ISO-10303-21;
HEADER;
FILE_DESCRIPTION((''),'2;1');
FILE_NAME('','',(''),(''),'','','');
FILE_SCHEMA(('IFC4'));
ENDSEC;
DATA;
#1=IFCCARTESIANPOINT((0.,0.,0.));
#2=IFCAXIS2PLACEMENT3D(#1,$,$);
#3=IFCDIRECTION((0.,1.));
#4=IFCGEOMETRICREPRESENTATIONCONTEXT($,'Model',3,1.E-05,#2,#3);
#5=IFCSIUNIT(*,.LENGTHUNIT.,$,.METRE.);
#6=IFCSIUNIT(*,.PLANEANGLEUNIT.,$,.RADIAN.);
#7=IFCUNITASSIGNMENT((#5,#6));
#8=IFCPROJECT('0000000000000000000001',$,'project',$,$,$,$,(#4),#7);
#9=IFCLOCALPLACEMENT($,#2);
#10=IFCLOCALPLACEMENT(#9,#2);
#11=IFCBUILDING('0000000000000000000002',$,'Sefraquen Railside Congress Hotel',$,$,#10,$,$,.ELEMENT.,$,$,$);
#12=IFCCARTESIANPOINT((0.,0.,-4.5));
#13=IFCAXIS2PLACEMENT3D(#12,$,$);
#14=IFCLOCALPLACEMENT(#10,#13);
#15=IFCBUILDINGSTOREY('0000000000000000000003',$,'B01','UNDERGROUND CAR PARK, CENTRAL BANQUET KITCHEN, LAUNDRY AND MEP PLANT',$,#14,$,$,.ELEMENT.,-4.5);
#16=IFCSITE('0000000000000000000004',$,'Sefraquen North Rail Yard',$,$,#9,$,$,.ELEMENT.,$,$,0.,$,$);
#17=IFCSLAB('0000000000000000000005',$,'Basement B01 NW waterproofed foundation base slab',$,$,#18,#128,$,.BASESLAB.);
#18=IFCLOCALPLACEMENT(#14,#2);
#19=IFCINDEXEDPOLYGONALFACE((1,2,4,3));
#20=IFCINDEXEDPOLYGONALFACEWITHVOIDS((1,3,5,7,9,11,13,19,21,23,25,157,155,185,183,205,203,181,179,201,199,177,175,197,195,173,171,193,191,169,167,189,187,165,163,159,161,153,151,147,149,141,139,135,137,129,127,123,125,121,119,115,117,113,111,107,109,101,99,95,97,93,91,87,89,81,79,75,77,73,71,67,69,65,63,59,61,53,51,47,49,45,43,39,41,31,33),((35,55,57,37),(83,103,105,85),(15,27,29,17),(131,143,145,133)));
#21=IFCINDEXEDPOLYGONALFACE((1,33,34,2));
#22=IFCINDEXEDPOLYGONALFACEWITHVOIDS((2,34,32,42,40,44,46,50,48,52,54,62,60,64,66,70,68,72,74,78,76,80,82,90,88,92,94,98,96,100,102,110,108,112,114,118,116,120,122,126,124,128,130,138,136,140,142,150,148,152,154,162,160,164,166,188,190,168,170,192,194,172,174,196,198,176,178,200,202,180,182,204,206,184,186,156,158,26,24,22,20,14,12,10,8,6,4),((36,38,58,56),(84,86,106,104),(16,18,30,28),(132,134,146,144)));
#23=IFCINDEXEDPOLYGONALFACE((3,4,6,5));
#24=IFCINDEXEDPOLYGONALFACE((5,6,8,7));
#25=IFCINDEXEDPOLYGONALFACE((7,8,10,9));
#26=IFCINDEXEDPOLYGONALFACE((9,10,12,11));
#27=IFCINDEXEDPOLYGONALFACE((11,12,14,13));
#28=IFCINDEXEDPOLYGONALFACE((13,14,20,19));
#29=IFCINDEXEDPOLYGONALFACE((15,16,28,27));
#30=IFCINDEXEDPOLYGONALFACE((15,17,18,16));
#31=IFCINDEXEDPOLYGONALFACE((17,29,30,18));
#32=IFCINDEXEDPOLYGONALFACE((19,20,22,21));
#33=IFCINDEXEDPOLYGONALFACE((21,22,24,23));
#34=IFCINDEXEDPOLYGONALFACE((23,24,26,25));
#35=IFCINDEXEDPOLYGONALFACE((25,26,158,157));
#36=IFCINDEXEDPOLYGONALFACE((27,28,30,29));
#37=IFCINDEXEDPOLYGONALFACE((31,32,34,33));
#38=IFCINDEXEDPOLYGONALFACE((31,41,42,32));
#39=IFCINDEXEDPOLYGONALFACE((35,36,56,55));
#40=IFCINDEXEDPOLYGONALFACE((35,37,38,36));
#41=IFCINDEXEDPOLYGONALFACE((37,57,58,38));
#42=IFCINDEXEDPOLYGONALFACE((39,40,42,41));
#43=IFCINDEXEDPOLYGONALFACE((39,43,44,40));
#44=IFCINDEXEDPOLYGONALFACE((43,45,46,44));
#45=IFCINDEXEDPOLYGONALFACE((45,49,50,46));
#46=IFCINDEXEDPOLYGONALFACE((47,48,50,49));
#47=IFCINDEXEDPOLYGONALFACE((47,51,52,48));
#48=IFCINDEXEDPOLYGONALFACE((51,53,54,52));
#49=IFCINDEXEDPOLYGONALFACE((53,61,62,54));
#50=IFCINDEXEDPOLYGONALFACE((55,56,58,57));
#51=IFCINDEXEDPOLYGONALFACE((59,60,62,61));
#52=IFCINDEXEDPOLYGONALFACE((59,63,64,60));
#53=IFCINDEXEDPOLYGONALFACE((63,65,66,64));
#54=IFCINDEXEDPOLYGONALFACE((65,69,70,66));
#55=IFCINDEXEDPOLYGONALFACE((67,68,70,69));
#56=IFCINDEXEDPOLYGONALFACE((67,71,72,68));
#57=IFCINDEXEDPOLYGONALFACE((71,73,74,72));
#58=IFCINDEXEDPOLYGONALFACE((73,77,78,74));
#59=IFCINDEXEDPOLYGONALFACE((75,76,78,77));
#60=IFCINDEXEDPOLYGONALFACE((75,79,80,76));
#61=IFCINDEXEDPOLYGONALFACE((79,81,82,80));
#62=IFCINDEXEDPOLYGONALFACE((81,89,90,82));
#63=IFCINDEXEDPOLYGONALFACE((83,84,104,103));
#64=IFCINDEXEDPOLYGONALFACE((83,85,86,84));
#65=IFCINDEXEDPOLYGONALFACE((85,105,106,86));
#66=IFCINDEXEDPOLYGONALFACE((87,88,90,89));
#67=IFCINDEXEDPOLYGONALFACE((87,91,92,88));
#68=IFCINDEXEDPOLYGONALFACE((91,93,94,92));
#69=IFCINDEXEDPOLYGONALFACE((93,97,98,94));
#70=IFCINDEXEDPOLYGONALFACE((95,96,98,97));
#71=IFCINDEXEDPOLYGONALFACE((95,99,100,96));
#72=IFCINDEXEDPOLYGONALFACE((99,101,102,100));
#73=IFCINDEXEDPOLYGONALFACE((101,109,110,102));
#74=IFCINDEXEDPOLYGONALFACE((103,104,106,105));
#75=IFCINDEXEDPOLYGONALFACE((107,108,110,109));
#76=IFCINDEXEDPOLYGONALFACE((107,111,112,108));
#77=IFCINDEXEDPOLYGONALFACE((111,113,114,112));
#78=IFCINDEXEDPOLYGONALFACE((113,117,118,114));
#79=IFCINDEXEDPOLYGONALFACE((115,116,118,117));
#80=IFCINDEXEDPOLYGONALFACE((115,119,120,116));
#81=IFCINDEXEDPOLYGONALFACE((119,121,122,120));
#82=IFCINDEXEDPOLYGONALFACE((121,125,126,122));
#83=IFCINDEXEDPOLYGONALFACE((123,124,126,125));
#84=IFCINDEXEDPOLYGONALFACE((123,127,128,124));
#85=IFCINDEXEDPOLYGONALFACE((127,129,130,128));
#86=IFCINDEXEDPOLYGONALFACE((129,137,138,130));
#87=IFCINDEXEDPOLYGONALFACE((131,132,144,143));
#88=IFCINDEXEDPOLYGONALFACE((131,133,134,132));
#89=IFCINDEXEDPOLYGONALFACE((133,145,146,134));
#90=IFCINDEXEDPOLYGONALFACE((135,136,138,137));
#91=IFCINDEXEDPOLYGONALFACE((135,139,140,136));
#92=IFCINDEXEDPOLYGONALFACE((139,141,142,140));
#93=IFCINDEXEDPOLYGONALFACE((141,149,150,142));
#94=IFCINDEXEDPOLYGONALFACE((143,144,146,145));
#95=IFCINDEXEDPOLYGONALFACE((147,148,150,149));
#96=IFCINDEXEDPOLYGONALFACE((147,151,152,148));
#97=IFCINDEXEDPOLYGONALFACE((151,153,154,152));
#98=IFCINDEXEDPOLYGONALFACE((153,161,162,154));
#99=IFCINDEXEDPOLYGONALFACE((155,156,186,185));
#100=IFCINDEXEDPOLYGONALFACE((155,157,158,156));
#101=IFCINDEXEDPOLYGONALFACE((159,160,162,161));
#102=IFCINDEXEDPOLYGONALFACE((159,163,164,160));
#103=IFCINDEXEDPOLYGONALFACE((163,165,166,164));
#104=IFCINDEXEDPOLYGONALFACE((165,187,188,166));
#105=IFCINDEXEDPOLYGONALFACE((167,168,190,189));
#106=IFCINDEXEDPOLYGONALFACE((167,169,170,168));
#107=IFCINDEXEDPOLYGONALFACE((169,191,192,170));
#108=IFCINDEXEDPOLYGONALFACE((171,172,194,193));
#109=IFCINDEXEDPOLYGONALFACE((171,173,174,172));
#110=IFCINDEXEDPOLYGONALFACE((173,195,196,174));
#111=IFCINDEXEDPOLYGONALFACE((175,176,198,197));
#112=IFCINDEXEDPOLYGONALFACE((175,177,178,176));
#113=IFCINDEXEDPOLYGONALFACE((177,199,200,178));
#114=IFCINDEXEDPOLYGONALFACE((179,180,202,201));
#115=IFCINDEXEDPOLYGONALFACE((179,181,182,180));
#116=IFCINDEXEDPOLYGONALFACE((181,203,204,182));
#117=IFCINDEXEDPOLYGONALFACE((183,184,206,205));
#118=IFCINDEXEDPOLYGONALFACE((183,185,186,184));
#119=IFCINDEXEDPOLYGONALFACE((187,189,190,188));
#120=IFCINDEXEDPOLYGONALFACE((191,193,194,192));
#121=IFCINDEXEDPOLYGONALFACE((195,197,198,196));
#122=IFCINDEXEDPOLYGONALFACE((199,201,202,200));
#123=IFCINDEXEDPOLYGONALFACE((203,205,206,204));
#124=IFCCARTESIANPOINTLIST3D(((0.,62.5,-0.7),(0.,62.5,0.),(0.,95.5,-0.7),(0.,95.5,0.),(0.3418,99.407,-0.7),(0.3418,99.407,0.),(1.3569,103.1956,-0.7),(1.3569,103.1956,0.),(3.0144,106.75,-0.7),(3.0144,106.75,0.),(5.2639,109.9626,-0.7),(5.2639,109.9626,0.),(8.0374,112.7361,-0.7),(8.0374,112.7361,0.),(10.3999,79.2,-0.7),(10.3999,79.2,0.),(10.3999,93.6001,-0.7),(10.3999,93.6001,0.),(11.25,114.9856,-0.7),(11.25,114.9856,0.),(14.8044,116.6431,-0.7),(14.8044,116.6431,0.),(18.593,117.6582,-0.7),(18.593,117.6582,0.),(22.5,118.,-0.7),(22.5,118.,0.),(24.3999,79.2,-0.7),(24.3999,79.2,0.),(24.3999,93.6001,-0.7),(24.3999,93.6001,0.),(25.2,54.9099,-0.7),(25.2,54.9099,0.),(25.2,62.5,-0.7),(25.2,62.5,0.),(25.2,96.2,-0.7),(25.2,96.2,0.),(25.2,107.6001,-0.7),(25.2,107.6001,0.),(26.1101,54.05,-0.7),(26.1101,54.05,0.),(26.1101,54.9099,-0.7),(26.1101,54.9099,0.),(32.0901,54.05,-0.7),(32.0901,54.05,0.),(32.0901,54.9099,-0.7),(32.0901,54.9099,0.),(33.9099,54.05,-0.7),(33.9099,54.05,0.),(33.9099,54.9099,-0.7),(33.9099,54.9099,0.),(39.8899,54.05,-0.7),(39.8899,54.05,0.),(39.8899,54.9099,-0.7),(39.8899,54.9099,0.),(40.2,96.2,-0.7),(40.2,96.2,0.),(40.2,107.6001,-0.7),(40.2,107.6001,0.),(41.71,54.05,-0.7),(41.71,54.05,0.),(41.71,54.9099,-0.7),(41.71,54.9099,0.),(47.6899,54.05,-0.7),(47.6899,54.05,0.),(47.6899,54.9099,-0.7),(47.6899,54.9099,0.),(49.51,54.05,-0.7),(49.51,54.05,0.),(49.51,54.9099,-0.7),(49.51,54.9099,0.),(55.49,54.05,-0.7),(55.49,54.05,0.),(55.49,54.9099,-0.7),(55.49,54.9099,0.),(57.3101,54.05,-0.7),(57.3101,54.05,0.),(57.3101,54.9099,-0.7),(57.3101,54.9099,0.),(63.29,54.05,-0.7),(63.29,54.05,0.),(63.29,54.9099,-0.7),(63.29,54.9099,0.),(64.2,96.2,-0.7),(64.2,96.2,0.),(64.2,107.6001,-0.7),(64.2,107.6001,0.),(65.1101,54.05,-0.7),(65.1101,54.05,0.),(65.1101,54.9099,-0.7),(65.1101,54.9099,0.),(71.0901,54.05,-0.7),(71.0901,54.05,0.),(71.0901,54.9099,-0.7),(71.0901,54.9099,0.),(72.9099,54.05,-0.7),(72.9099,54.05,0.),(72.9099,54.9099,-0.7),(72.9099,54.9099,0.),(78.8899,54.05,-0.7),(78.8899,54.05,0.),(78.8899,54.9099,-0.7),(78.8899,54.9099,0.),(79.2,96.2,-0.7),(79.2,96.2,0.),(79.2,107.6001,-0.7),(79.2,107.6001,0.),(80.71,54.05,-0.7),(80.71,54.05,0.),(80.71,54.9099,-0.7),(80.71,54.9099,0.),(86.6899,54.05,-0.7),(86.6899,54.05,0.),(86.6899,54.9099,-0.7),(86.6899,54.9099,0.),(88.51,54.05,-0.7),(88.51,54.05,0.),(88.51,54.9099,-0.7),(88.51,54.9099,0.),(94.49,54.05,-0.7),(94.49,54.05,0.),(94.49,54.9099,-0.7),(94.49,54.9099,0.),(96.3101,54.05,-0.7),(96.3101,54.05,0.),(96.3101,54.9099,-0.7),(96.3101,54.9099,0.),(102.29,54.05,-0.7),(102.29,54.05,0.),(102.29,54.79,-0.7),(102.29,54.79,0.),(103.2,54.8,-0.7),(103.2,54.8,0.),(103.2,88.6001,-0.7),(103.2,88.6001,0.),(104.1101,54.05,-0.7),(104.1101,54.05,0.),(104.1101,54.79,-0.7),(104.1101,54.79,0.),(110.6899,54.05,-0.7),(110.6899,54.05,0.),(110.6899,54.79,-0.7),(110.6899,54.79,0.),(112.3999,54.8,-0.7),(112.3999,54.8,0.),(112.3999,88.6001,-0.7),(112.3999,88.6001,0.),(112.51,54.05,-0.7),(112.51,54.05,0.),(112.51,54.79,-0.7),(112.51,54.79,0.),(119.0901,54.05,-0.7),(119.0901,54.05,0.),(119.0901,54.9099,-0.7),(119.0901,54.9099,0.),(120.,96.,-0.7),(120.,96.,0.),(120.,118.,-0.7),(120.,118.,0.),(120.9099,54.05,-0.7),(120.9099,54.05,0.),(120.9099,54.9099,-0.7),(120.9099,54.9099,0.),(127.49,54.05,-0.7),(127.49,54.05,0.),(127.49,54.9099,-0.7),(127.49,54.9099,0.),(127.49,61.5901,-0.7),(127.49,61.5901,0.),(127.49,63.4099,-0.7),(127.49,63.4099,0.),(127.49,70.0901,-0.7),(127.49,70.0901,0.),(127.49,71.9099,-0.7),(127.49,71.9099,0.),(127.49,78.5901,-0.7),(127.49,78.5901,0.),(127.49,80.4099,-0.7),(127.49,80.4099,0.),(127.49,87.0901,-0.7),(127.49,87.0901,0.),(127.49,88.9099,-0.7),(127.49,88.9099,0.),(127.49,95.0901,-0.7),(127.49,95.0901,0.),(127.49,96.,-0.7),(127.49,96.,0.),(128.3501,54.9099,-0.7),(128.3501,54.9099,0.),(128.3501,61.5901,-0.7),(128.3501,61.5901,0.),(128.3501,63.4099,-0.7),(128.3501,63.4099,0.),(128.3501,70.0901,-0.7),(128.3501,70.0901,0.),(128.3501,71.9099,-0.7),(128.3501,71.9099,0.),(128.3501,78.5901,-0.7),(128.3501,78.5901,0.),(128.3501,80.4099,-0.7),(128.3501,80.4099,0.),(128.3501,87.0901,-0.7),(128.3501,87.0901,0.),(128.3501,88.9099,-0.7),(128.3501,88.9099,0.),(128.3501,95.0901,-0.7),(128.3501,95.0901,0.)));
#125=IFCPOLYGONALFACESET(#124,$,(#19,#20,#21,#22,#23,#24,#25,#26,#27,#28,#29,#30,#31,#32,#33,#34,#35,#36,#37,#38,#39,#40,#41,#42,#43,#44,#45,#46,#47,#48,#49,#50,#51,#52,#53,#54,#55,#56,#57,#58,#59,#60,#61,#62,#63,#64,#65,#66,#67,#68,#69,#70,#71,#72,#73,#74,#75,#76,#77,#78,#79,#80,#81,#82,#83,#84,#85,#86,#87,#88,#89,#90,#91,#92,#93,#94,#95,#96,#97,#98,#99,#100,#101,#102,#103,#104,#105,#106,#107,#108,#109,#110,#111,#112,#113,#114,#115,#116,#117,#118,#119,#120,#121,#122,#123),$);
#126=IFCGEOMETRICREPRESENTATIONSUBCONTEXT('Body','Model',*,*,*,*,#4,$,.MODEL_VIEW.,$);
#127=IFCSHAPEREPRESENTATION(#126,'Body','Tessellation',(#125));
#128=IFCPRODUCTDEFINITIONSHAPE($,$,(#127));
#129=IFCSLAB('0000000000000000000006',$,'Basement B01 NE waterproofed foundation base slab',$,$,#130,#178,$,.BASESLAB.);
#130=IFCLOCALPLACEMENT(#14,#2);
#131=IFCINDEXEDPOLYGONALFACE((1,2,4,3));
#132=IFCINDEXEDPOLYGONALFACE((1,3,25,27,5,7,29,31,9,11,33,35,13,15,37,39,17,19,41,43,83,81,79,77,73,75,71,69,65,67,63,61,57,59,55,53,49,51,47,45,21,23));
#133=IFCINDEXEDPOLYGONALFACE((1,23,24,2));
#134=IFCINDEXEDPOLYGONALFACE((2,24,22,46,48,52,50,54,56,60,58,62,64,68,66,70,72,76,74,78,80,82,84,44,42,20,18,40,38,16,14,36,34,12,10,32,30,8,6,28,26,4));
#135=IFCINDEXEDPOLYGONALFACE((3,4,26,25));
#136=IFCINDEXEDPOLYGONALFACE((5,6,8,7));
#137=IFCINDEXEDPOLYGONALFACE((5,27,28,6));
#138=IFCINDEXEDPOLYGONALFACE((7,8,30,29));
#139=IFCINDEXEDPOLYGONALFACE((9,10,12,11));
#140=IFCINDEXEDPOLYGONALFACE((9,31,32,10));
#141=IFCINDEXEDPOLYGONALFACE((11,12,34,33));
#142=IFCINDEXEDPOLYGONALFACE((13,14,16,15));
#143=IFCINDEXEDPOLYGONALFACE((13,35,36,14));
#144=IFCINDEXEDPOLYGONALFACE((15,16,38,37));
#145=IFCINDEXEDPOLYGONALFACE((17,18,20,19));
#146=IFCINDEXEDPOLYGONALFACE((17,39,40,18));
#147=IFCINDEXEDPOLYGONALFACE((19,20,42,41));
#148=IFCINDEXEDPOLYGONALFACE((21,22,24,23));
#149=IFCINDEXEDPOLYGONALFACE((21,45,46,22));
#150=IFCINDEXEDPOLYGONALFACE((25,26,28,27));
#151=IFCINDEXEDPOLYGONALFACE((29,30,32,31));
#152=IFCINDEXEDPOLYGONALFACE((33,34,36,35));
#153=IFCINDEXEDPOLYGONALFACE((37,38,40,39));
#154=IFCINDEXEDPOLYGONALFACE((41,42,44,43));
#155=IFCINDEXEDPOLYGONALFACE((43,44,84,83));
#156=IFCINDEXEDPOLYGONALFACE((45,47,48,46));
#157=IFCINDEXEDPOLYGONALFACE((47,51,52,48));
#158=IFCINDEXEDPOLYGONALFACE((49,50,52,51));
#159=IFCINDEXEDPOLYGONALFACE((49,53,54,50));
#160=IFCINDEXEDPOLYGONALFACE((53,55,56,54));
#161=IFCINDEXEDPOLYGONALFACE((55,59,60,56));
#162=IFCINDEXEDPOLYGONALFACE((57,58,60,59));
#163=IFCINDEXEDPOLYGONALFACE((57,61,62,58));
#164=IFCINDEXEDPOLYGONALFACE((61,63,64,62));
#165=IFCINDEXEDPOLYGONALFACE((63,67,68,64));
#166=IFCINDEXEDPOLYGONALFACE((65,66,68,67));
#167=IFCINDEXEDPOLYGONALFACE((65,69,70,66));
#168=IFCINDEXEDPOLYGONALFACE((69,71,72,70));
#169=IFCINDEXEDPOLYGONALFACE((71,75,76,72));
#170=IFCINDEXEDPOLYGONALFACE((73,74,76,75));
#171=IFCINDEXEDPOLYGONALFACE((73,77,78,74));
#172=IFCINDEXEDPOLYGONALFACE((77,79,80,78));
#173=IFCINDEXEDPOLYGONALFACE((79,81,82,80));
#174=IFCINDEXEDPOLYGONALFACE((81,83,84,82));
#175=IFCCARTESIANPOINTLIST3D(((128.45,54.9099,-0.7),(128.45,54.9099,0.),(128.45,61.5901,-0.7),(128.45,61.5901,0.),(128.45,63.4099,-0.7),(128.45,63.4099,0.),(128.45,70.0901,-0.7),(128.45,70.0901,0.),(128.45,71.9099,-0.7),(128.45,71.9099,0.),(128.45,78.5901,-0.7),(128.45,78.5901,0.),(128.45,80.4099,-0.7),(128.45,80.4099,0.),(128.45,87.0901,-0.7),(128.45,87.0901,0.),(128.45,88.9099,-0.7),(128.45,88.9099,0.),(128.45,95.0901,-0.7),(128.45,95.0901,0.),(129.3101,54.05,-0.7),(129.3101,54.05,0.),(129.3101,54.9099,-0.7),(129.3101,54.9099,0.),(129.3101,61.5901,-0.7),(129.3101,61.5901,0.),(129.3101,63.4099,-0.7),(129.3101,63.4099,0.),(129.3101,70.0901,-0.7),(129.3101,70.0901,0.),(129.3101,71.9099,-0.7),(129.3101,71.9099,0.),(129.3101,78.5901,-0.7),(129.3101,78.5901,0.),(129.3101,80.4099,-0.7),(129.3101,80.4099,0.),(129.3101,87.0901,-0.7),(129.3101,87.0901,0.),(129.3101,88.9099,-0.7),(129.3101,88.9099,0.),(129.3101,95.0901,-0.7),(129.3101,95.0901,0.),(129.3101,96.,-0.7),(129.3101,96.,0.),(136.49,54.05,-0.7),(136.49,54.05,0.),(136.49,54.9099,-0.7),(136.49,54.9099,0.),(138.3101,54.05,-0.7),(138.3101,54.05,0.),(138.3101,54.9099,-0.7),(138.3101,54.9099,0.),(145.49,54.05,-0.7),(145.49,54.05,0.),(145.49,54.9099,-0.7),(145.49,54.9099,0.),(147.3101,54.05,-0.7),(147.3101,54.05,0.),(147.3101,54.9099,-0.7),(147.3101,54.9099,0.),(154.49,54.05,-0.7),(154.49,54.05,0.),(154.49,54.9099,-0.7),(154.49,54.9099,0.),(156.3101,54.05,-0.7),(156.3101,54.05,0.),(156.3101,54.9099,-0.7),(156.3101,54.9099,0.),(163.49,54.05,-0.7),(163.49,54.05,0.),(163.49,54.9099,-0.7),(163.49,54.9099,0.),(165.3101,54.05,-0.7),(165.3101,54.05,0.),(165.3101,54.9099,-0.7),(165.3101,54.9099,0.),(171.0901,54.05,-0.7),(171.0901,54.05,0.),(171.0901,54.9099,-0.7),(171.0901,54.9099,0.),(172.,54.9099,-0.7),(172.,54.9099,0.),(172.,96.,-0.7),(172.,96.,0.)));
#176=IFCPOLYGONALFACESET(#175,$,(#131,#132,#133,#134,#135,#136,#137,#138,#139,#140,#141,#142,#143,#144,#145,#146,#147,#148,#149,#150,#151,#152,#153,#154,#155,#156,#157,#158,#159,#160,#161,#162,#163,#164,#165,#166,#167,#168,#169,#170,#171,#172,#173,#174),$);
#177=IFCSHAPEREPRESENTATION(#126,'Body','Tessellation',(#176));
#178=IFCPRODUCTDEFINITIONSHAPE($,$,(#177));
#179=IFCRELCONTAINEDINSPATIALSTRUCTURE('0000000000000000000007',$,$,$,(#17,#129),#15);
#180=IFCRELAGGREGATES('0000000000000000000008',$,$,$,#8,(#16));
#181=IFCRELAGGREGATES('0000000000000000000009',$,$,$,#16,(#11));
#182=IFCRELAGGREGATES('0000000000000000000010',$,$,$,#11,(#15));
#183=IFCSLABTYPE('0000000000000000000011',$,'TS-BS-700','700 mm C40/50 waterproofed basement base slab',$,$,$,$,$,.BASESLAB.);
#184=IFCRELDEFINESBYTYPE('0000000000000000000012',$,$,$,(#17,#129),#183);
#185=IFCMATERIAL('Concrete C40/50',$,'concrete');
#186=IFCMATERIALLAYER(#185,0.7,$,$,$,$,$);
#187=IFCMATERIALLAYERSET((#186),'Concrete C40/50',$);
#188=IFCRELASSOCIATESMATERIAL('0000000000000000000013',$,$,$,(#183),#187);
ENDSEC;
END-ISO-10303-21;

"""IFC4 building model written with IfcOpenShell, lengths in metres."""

from ifc_helpers import new_model, si_unit, direction, frame, origin, place, context, subcontext, project, spatial, polyline, outline, extrude, material, layer, layer_set, type_object, element, save


model = new_model("IFC4")

# Units and contexts
model_context = context("Model", 3, precision=1e-05, world=origin(), true_north=direction((0.0, 1.0)))
body_context = subcontext(model_context, "Body", "Model", "MODEL_VIEW")
ifc_project = project(units=[si_unit("LENGTHUNIT", "METRE"), si_unit("PLANEANGLEUNIT", "RADIAN")], contexts=[model_context])

# Site, building, storey
site_placement = place(None, origin())
site = spatial("IfcSite", under=ifc_project, at=site_placement, Name="Sefraquen North Rail Yard", CompositionType="ELEMENT", RefElevation=0.0)
building_placement = place(site_placement, origin())
building = spatial("IfcBuilding", under=site, at=building_placement, Name="Sefraquen Railside Congress Hotel", CompositionType="ELEMENT")
storey_placement = place(building_placement, frame((0.0, 0.0, -4.5)))
storey = spatial("IfcBuildingStorey", under=building, at=storey_placement, Name="B01", Description="UNDERGROUND CAR PARK, CENTRAL BANQUET KITCHEN, LAUNDRY AND MEP PLANT", CompositionType="ELEMENT", Elevation=-4.5)

# Slabs
ifc_material_1 = material(Name="Concrete C40/50", Category="concrete")
ifc_layer_1 = layer(ifc_material_1, 0.7)
ifc_layer_set_1 = layer_set([ifc_layer_1], Name="Concrete C40/50")
slab_type_1 = type_object("IfcSlabType", Name="TS-BS-700", Description="700 mm C40/50 waterproofed basement base slab", PredefinedType="BASESLAB", material=ifc_layer_set_1)
slab_1_placement = place(storey_placement, frame((0.0, 0.0, -0.7)))
element("IfcSlab", 1, at=slab_1_placement, inside=storey, type_object=slab_type_1, Name="Basement B01 NW waterproofed foundation base slab", PredefinedType="BASESLAB", context=body_context, shape_type="SweptSolid", body=[
    extrude(outline(polyline([(26.1101, 54.9099), (25.2, 54.9099), (25.2, 62.5), (0.0, 62.5), (0.0, 95.5), (0.3418, 99.407), (1.3569, 103.1956), (3.0144, 106.75), (5.2639, 109.9626), (8.0374, 112.7361), (11.25, 114.9856), (14.8044, 116.6431), (18.593, 117.6582), (22.5, 118.0), (120.0, 118.0), (120.0, 96.0), (127.49, 96.0), (127.49, 95.0901), (128.3501, 95.0901), (128.3501, 88.9099), (127.49, 88.9099), (127.49, 87.0901), (128.3501, 87.0901), (128.3501, 80.4099), (127.49, 80.4099), (127.49, 78.5901), (128.3501, 78.5901), (128.3501, 71.9099), (127.49, 71.9099), (127.49, 70.0901), (128.3501, 70.0901), (128.3501, 63.4099), (127.49, 63.4099), (127.49, 61.5901), (128.3501, 61.5901), (128.3501, 54.9099), (127.49, 54.9099), (127.49, 54.05), (120.9099, 54.05), (120.9099, 54.9099), (119.0901, 54.9099), (119.0901, 54.05), (112.51, 54.05), (112.51, 54.79), (110.6899, 54.79), (110.6899, 54.05), (104.1101, 54.05), (104.1101, 54.79), (102.29, 54.79), (102.29, 54.05), (96.3101, 54.05), (96.3101, 54.9099), (94.49, 54.9099), (94.49, 54.05), (88.51, 54.05), (88.51, 54.9099), (86.6899, 54.9099), (86.6899, 54.05), (80.71, 54.05), (80.71, 54.9099), (78.8899, 54.9099), (78.8899, 54.05), (72.9099, 54.05), (72.9099, 54.9099), (71.0901, 54.9099), (71.0901, 54.05), (65.1101, 54.05), (65.1101, 54.9099), (63.29, 54.9099), (63.29, 54.05), (57.3101, 54.05), (57.3101, 54.9099), (55.49, 54.9099), (55.49, 54.05), (49.51, 54.05), (49.51, 54.9099), (47.6899, 54.9099), (47.6899, 54.05), (41.71, 54.05), (41.71, 54.9099), (39.8899, 54.9099), (39.8899, 54.05), (33.9099, 54.05), (33.9099, 54.9099), (32.0901, 54.9099), (32.0901, 54.05), (26.1101, 54.05), (26.1101, 54.9099)]), holes=[polyline([(24.3999, 93.6001), (10.3999, 93.6001), (10.3999, 79.2), (24.3999, 79.2), (24.3999, 93.6001)]), polyline([(40.2, 107.6001), (25.2, 107.6001), (25.2, 96.2), (40.2, 96.2), (40.2, 107.6001)]), polyline([(79.2, 107.6001), (64.2, 107.6001), (64.2, 96.2), (79.2, 96.2), (79.2, 107.6001)]), polyline([(112.3999, 88.6001), (103.2, 88.6001), (103.2, 54.8), (112.3999, 54.8), (112.3999, 88.6001)])]), origin(), (0.0, 0.0, 1.0), 0.7),
])
slab_2_placement = place(storey_placement, frame((0.0, 0.0, -0.7)))
element("IfcSlab", 2, at=slab_2_placement, inside=storey, type_object=slab_type_1, Name="Basement B01 NE waterproofed foundation base slab", PredefinedType="BASESLAB", context=body_context, shape_type="SweptSolid", body=[
    extrude(outline(polyline([(129.3101, 95.0901), (129.3101, 96.0), (172.0, 96.0), (172.0, 54.9099), (171.0901, 54.9099), (171.0901, 54.05), (165.3101, 54.05), (165.3101, 54.9099), (163.49, 54.9099), (163.49, 54.05), (156.3101, 54.05), (156.3101, 54.9099), (154.49, 54.9099), (154.49, 54.05), (147.3101, 54.05), (147.3101, 54.9099), (145.49, 54.9099), (145.49, 54.05), (138.3101, 54.05), (138.3101, 54.9099), (136.49, 54.9099), (136.49, 54.05), (129.3101, 54.05), (129.3101, 54.9099), (128.45, 54.9099), (128.45, 61.5901), (129.3101, 61.5901), (129.3101, 63.4099), (128.45, 63.4099), (128.45, 70.0901), (129.3101, 70.0901), (129.3101, 71.9099), (128.45, 71.9099), (128.45, 78.5901), (129.3101, 78.5901), (129.3101, 80.4099), (128.45, 80.4099), (128.45, 87.0901), (129.3101, 87.0901), (129.3101, 88.9099), (128.45, 88.9099), (128.45, 95.0901), (129.3101, 95.0901)])), origin(), (0.0, 0.0, 1.0), 0.7),
])

save(model, "model.ifc")
